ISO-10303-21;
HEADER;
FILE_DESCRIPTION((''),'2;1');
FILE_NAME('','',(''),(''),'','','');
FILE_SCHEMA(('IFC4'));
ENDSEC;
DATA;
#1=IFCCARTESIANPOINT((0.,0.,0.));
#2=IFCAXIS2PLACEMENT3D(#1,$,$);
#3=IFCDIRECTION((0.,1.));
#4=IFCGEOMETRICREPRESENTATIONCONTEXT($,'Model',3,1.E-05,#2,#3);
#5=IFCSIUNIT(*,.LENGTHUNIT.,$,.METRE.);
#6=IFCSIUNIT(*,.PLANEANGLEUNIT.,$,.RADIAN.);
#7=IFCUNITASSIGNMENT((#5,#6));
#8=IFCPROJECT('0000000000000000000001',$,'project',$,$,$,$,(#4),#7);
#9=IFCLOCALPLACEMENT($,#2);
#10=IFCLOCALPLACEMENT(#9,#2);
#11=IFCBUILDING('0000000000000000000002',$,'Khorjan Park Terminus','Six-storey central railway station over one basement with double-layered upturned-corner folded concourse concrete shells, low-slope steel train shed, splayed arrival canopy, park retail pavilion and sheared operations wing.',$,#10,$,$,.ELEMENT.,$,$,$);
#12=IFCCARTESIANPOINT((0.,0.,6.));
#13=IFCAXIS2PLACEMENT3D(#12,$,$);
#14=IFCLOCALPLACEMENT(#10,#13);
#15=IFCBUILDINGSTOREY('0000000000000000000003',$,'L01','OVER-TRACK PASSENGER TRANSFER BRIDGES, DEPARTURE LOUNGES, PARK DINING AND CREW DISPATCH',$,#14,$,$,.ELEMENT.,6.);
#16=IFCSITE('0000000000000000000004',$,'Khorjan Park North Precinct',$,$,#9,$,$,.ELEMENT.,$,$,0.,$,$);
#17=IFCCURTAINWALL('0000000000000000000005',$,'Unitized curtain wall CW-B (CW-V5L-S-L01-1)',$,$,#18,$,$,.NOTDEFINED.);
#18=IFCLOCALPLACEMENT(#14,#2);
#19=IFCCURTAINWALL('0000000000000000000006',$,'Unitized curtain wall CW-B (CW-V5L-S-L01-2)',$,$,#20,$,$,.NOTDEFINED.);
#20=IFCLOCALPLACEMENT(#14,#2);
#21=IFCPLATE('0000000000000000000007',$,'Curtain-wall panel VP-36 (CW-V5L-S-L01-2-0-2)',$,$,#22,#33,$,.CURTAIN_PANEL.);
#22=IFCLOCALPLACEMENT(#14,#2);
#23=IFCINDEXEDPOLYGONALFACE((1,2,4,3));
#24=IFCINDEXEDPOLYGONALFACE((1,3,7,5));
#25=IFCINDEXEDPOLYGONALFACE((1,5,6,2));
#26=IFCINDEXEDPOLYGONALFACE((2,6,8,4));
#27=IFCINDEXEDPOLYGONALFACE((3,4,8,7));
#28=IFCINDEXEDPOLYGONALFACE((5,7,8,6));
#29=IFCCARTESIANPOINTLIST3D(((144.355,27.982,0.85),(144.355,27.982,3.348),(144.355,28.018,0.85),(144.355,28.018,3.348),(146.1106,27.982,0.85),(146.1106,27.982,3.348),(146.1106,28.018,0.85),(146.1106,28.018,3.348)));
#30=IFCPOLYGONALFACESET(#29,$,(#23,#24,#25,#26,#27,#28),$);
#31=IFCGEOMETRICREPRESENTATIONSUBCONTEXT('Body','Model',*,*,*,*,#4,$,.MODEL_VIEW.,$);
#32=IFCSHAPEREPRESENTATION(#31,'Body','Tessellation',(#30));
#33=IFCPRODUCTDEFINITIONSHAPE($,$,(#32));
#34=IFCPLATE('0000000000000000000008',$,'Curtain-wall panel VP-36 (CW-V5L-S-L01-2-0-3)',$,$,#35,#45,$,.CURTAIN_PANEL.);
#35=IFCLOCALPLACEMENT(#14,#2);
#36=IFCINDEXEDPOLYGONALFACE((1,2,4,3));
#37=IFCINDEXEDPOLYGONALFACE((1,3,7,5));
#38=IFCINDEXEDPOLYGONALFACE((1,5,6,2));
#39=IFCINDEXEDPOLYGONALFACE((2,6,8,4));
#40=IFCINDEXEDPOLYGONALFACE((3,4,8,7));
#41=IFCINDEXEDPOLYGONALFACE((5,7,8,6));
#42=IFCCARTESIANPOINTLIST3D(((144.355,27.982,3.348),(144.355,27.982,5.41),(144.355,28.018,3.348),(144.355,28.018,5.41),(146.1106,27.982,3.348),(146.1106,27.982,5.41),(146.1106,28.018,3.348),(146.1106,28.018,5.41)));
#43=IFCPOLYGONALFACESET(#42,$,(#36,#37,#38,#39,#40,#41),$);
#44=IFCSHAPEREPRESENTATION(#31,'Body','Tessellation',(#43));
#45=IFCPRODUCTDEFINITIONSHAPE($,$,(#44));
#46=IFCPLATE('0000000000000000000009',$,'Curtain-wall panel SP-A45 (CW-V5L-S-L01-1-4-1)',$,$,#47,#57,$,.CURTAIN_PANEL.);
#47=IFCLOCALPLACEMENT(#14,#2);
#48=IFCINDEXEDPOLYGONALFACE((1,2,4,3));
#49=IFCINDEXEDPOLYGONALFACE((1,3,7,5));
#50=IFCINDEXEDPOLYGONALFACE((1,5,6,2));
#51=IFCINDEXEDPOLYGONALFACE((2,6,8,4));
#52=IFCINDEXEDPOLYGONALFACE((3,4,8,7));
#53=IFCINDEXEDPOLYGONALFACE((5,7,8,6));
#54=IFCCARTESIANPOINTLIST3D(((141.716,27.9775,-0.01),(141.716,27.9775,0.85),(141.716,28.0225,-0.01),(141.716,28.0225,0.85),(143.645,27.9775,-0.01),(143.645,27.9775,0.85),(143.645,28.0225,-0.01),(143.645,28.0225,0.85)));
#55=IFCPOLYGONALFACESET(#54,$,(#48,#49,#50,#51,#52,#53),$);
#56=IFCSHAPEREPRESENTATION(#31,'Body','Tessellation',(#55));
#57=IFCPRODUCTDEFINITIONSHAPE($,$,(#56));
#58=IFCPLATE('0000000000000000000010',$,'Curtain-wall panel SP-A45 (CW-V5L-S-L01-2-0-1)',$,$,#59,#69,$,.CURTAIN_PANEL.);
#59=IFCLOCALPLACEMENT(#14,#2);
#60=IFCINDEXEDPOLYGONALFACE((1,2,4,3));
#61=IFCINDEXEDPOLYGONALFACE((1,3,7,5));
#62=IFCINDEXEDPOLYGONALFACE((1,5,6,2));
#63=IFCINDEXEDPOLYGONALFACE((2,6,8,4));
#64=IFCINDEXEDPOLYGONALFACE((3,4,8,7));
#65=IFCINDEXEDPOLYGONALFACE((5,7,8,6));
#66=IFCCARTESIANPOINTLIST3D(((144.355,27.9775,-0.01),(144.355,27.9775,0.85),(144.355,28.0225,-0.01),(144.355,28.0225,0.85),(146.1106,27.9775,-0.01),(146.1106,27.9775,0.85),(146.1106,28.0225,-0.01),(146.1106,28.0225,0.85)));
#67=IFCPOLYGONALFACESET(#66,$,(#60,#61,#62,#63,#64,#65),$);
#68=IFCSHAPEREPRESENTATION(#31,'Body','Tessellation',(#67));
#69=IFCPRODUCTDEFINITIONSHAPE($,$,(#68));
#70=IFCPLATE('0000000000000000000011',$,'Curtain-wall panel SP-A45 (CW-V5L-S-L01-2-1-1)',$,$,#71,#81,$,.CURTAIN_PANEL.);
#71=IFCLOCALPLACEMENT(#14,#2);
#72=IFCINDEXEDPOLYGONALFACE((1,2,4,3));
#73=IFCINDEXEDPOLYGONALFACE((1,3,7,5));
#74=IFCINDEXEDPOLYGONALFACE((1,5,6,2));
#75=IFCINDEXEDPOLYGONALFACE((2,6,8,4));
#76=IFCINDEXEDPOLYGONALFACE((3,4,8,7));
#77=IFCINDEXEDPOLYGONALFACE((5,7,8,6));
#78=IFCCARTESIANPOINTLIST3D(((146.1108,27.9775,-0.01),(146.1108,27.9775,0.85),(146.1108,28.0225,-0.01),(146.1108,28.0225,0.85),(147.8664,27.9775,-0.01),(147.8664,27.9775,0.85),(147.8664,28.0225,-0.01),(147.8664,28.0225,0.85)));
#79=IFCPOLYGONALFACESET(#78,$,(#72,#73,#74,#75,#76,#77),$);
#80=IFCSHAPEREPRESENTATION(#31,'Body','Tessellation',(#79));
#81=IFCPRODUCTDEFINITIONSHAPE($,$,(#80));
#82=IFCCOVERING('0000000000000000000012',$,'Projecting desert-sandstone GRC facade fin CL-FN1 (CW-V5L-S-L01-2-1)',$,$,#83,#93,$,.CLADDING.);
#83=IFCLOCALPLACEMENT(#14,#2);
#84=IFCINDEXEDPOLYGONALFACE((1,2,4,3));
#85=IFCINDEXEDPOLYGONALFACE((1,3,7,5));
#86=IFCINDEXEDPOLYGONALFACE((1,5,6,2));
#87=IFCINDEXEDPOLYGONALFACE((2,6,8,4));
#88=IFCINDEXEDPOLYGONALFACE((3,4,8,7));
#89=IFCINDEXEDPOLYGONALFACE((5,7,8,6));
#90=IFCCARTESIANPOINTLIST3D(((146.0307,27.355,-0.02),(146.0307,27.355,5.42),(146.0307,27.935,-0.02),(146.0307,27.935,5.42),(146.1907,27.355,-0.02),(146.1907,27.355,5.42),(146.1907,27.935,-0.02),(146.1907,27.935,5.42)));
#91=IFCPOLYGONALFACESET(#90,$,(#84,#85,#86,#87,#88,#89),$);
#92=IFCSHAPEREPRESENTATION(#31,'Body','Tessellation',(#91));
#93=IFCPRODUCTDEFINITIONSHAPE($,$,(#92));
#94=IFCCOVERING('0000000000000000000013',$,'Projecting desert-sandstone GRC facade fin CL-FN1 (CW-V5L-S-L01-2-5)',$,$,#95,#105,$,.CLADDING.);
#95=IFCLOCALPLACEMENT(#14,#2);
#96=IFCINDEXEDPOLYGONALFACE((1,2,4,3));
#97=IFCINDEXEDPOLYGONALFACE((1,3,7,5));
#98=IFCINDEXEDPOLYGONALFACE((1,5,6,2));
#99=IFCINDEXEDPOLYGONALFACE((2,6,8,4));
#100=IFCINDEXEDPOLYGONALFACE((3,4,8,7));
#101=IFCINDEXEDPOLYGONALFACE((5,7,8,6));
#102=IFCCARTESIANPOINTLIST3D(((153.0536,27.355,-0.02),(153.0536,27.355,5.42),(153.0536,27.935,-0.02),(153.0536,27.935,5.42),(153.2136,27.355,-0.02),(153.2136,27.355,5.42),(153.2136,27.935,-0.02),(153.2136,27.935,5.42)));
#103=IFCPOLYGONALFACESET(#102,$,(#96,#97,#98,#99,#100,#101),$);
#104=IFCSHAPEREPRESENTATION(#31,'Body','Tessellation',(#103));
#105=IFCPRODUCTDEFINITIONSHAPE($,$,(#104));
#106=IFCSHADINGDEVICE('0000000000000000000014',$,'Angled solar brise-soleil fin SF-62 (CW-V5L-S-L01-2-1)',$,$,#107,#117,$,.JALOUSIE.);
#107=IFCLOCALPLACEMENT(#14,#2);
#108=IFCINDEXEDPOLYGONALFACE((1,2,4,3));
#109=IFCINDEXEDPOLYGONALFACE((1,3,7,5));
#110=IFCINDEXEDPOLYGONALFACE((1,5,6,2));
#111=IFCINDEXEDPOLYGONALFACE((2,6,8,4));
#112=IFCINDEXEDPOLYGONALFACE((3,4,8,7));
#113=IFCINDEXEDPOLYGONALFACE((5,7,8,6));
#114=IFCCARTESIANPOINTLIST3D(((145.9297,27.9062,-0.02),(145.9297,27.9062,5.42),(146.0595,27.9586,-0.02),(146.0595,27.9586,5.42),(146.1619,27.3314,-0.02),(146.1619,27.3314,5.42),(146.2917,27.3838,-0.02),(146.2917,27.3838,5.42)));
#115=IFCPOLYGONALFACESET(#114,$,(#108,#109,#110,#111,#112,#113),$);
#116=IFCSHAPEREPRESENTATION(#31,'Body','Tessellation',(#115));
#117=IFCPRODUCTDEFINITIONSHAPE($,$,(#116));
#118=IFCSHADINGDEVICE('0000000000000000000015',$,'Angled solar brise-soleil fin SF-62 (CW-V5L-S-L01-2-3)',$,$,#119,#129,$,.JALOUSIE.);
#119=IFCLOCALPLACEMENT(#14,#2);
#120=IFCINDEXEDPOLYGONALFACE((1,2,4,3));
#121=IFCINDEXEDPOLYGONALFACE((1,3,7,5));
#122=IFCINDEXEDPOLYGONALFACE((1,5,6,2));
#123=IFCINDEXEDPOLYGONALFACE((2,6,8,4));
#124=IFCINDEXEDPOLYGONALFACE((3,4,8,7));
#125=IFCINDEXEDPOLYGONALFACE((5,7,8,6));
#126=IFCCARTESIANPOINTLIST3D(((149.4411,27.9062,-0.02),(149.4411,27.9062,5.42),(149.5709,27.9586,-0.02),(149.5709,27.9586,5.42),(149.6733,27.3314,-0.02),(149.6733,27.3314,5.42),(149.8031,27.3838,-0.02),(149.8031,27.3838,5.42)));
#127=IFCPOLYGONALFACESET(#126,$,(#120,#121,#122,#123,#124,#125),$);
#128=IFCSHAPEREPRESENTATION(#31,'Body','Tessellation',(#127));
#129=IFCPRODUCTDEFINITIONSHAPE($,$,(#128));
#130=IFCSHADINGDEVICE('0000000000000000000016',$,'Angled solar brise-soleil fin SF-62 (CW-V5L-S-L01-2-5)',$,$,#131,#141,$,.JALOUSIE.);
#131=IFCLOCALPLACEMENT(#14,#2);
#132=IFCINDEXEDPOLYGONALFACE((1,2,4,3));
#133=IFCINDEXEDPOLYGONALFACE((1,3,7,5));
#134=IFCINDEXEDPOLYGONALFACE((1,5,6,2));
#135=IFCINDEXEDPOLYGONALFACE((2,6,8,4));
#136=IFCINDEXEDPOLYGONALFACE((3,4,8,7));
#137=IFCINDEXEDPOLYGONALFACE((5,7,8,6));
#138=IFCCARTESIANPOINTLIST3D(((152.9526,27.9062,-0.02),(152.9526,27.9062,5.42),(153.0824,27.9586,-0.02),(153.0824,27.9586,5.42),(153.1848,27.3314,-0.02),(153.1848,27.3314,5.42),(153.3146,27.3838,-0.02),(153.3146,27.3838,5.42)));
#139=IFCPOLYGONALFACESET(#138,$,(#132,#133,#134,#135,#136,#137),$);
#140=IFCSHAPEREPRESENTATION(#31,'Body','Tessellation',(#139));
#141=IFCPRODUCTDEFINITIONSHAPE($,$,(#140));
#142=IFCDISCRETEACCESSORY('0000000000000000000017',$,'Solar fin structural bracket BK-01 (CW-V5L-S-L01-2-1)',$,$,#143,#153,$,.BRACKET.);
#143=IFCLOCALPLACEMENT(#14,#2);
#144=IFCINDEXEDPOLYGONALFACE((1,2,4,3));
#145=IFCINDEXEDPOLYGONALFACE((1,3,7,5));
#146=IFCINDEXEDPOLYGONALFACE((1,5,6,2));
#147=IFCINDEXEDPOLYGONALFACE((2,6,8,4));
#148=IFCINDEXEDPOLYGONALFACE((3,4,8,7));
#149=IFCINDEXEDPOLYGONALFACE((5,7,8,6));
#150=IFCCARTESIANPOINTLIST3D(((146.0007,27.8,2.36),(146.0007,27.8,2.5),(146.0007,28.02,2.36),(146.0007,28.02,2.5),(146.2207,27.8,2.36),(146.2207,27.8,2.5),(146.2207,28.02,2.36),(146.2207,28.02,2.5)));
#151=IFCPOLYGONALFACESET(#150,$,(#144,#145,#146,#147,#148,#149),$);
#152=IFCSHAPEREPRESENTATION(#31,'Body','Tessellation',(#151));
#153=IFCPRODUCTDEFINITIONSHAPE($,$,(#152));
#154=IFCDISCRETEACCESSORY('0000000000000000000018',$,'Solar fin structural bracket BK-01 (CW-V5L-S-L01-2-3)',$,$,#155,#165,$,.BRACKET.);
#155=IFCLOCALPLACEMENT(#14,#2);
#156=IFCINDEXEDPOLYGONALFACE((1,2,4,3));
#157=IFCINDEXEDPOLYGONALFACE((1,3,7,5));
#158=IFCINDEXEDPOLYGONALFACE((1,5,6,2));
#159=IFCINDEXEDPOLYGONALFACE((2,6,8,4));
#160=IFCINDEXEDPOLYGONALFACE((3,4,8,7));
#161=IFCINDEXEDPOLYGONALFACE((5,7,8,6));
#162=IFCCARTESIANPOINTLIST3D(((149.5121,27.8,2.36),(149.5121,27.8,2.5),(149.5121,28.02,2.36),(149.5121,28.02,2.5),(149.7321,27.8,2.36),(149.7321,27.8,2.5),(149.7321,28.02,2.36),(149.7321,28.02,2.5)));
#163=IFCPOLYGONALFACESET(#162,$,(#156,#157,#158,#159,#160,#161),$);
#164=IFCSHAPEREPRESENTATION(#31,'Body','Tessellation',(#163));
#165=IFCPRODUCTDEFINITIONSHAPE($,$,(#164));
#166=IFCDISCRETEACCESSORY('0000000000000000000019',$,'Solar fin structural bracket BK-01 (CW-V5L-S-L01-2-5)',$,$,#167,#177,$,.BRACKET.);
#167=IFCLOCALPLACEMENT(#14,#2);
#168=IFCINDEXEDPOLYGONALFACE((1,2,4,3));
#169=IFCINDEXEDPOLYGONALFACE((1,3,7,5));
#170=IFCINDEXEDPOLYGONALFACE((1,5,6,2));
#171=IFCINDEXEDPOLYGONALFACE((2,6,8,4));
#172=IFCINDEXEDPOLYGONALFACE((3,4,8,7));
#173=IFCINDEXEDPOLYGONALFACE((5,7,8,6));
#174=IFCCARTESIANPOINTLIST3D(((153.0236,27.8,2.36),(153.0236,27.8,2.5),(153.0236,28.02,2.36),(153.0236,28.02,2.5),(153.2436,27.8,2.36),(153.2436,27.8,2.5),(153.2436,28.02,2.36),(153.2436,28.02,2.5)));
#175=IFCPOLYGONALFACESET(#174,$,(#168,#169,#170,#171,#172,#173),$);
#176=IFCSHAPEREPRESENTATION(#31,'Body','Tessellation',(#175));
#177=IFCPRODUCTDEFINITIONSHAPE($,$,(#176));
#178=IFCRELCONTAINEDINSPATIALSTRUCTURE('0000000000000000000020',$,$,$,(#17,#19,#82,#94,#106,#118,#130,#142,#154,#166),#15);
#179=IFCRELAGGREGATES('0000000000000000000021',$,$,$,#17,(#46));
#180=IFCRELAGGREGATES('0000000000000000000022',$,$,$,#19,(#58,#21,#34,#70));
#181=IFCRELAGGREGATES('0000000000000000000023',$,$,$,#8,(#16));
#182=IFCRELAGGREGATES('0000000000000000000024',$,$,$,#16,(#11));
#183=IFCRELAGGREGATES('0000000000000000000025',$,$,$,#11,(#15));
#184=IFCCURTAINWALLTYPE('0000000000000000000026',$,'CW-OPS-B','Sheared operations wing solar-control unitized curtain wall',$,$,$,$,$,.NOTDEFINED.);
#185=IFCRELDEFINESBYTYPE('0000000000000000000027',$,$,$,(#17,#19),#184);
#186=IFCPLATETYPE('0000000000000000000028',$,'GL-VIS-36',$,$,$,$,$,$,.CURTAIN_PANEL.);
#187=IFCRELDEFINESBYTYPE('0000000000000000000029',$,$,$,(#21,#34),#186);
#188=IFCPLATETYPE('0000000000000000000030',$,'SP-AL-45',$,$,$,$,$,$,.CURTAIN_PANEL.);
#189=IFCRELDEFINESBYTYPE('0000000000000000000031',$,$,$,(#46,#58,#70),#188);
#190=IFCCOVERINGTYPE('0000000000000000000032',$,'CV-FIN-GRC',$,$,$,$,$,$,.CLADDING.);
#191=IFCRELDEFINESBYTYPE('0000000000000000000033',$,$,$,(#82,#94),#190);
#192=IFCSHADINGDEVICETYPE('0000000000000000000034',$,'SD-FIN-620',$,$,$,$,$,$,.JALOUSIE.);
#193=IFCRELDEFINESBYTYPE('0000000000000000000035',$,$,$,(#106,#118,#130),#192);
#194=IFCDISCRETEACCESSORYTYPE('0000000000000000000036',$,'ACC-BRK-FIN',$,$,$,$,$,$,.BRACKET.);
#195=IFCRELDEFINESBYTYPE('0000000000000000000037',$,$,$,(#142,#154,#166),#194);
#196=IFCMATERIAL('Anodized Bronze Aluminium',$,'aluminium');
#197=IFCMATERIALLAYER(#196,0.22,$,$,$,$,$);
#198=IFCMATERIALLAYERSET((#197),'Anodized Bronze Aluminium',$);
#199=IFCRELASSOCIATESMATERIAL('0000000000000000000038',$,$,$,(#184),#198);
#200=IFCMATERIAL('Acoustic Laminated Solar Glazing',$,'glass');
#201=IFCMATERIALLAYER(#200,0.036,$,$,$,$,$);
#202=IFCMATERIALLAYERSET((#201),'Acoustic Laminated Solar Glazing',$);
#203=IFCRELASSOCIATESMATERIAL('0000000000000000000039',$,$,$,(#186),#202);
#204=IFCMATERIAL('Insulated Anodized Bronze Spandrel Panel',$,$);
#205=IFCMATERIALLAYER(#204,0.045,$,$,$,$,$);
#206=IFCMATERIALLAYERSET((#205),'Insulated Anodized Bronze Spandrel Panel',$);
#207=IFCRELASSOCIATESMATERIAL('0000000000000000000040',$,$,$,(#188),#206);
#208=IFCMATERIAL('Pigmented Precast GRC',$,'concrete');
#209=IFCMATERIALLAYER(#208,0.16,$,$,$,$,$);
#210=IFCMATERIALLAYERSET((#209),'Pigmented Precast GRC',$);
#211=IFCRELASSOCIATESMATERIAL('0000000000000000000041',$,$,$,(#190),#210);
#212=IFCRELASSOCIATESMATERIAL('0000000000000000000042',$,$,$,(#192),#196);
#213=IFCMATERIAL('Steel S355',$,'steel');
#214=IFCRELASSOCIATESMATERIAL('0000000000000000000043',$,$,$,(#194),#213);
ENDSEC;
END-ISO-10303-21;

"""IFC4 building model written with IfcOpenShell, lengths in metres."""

from ifc_helpers import new_model, si_unit, direction, frame, origin, origin_2d, place, context, subcontext, project, spatial, rectangle, extrude, material, layer, layer_set, type_object, element, aggregate, save


model = new_model("IFC4")

# Units and contexts
model_context = context("Model", 3, precision=1e-05, world=origin(), true_north=direction((0.0, 1.0)))
body_context = subcontext(model_context, "Body", "Model", "MODEL_VIEW")
ifc_project = project(units=[si_unit("LENGTHUNIT", "METRE"), si_unit("PLANEANGLEUNIT", "RADIAN")], contexts=[model_context])

# Site, building, storey
site_placement = place(None, origin())
site = spatial("IfcSite", under=ifc_project, at=site_placement, Name="Khorjan Park North Precinct", CompositionType="ELEMENT", RefElevation=0.0)
building_placement = place(site_placement, origin())
building = spatial("IfcBuilding", under=site, at=building_placement, Name="Khorjan Park Terminus", Description="Six-storey central railway station over one basement with double-layered upturned-corner folded concourse concrete shells, low-slope steel train shed, splayed arrival canopy, park retail pavilion and sheared operations wing.", CompositionType="ELEMENT")
storey_placement = place(building_placement, frame((0.0, 0.0, 6.0)))
storey = spatial("IfcBuildingStorey", under=building, at=storey_placement, Name="L01", Description="OVER-TRACK PASSENGER TRANSFER BRIDGES, DEPARTURE LOUNGES, PARK DINING AND CREW DISPATCH", CompositionType="ELEMENT", Elevation=6.0)

# Curtain walls
ifc_material_1 = material(Name="Anodized Bronze Aluminium", Category="aluminium")
ifc_layer_1 = layer(ifc_material_1, 0.22)
ifc_layer_set_1 = layer_set([ifc_layer_1], Name="Anodized Bronze Aluminium")
curtain_wall_type = type_object("IfcCurtainWallType", Name="CW-OPS-B", Description="Sheared operations wing solar-control unitized curtain wall", PredefinedType="NOTDEFINED", material=ifc_layer_set_1)
curtain_wall_1_placement = place(storey_placement, origin())
curtain_wall_1 = element("IfcCurtainWall", 1, at=curtain_wall_1_placement, inside=storey, type_object=curtain_wall_type, Name="Unitized curtain wall CW-B (CW-V5L-S-L01-1)", PredefinedType="NOTDEFINED")
curtain_wall_2_placement = place(storey_placement, origin())
curtain_wall_2 = element("IfcCurtainWall", 2, at=curtain_wall_2_placement, inside=storey, type_object=curtain_wall_type, Name="Unitized curtain wall CW-B (CW-V5L-S-L01-2)", PredefinedType="NOTDEFINED")

# Plates
ifc_material_2 = material(Name="Acoustic Laminated Solar Glazing", Category="glass")
ifc_layer_2 = layer(ifc_material_2, 0.036)
ifc_layer_set_2 = layer_set([ifc_layer_2], Name="Acoustic Laminated Solar Glazing")
plate_type_1 = type_object("IfcPlateType", Name="GL-VIS-36", PredefinedType="CURTAIN_PANEL", material=ifc_layer_set_2)
plate_1_placement = place(storey_placement, frame((145.2328, 28.0, 0.85), z_axis=(0.0, 0.0, 1.0), x_axis=(1.0, 0.0, 0.0)))
plate_1 = element("IfcPlate", 3, at=plate_1_placement, type_object=plate_type_1, Name="Curtain-wall panel VP-36 (CW-V5L-S-L01-2-0-2)", PredefinedType="CURTAIN_PANEL", context=body_context, shape_type="SweptSolid", body=[
    extrude(rectangle(XDim=1.7557, YDim=0.036, at=origin_2d()), origin(), (0.0, 0.0, 1.0), 2.498),
])
plate_2_placement = place(storey_placement, frame((145.2328, 28.0, 3.348), z_axis=(0.0, 0.0, 1.0), x_axis=(1.0, 0.0, 0.0)))
plate_2 = element("IfcPlate", 4, at=plate_2_placement, type_object=plate_type_1, Name="Curtain-wall panel VP-36 (CW-V5L-S-L01-2-0-3)", PredefinedType="CURTAIN_PANEL", context=body_context, shape_type="SweptSolid", body=[
    extrude(rectangle(XDim=1.7557, YDim=0.036, at=origin_2d()), origin(), (0.0, 0.0, 1.0), 2.062),
])
ifc_material_3 = material(Name="Insulated Anodized Bronze Spandrel Panel")
ifc_layer_3 = layer(ifc_material_3, 0.045)
ifc_layer_set_3 = layer_set([ifc_layer_3], Name="Insulated Anodized Bronze Spandrel Panel")
plate_type_2 = type_object("IfcPlateType", Name="SP-AL-45", PredefinedType="CURTAIN_PANEL", material=ifc_layer_set_3)
plate_3_placement = place(storey_placement, frame((142.6805, 28.0, -0.01), z_axis=(0.0, 0.0, 1.0), x_axis=(1.0, 0.0, 0.0)))
plate_3 = element("IfcPlate", 5, at=plate_3_placement, type_object=plate_type_2, Name="Curtain-wall panel SP-A45 (CW-V5L-S-L01-1-4-1)", PredefinedType="CURTAIN_PANEL", context=body_context, shape_type="SweptSolid", body=[
    extrude(rectangle(XDim=1.929, YDim=0.045, at=origin_2d()), origin(), (0.0, 0.0, 1.0), 0.86),
])
aggregate(curtain_wall_1, [plate_3])
plate_4_placement = place(storey_placement, frame((145.2328, 28.0, -0.01), z_axis=(0.0, 0.0, 1.0), x_axis=(1.0, 0.0, 0.0)))
plate_4 = element("IfcPlate", 6, at=plate_4_placement, type_object=plate_type_2, Name="Curtain-wall panel SP-A45 (CW-V5L-S-L01-2-0-1)", PredefinedType="CURTAIN_PANEL", context=body_context, shape_type="SweptSolid", body=[
    extrude(rectangle(XDim=1.7557, YDim=0.045, at=origin_2d()), origin(), (0.0, 0.0, 1.0), 0.86),
])
plate_5_placement = place(storey_placement, frame((146.9886, 28.0, -0.01), z_axis=(0.0, 0.0, 1.0), x_axis=(1.0, 0.0, 0.0)))
plate_5 = element("IfcPlate", 7, at=plate_5_placement, type_object=plate_type_2, Name="Curtain-wall panel SP-A45 (CW-V5L-S-L01-2-1-1)", PredefinedType="CURTAIN_PANEL", context=body_context, shape_type="SweptSolid", body=[
    extrude(rectangle(XDim=1.7557, YDim=0.045, at=origin_2d()), origin(), (0.0, 0.0, 1.0), 0.86),
])
aggregate(curtain_wall_2, [plate_4, plate_1, plate_2, plate_5])

# Coverings
ifc_material_4 = material(Name="Pigmented Precast GRC", Category="concrete")
ifc_layer_4 = layer(ifc_material_4, 0.16)
ifc_layer_set_4 = layer_set([ifc_layer_4], Name="Pigmented Precast GRC")
covering_type = type_object("IfcCoveringType", Name="CV-FIN-GRC", PredefinedType="CLADDING", material=ifc_layer_set_4)
for number, where, z_axis, x_axis, name in (
    (8, (146.1107, 27.645, -0.02), (0.0, 0.0, 1.0), (0.0, 1.0, 0.0), "Projecting desert-sandstone GRC facade fin CL-FN1 (CW-V5L-S-L01-2-1)"),
    (9, (153.1336, 27.645, -0.02), (0.0, 0.0, 1.0), (0.0, 1.0, 0.0), "Projecting desert-sandstone GRC facade fin CL-FN1 (CW-V5L-S-L01-2-5)"),
):
    element("IfcCovering", number, at=place(storey_placement, frame(where, z_axis=z_axis, x_axis=x_axis)), inside=storey, type_object=covering_type, Name=name, PredefinedType="CLADDING", context=body_context, shape_type="SweptSolid", body=[
        extrude(rectangle(XDim=0.58, YDim=0.16, at=origin_2d()), origin(), (0.0, 0.0, 1.0), 5.44),
    ])

# Shading devices
shading_device_type = type_object("IfcShadingDeviceType", Name="SD-FIN-620", PredefinedType="JALOUSIE", material=ifc_material_1)
for number, where, z_axis, x_axis, name in (
    (10, (146.1107, 27.645, -0.02), (0.0, 0.0, 1.0), (-0.374607, 0.927184, 0.0), "Angled solar brise-soleil fin SF-62 (CW-V5L-S-L01-2-1)"),
    (11, (149.6221, 27.645, -0.02), (0.0, 0.0, 1.0), (-0.374607, 0.927184, 0.0), "Angled solar brise-soleil fin SF-62 (CW-V5L-S-L01-2-3)"),
    (12, (153.1336, 27.645, -0.02), (0.0, 0.0, 1.0), (-0.374607, 0.927184, 0.0), "Angled solar brise-soleil fin SF-62 (CW-V5L-S-L01-2-5)"),
):
    element("IfcShadingDevice", number, at=place(storey_placement, frame(where, z_axis=z_axis, x_axis=x_axis)), inside=storey, type_object=shading_device_type, Name=name, PredefinedType="JALOUSIE", context=body_context, shape_type="SweptSolid", body=[
        extrude(rectangle(XDim=0.62, YDim=0.14, at=origin_2d()), origin(), (0.0, 0.0, 1.0), 5.44),
    ])

# Discrete accessories
ifc_material_5 = material(Name="Steel S355", Category="steel")
discrete_accessory_type = type_object("IfcDiscreteAccessoryType", Name="ACC-BRK-FIN", PredefinedType="BRACKET", material=ifc_material_5)
for number, where, z_axis, x_axis, name in (
    (13, (146.1107, 27.91, 2.36), (0.0, 0.0, 1.0), (1.0, 0.0, 0.0), "Solar fin structural bracket BK-01 (CW-V5L-S-L01-2-1)"),
    (14, (149.6221, 27.91, 2.36), (0.0, 0.0, 1.0), (1.0, 0.0, 0.0), "Solar fin structural bracket BK-01 (CW-V5L-S-L01-2-3)"),
    (15, (153.1336, 27.91, 2.36), (0.0, 0.0, 1.0), (1.0, 0.0, 0.0), "Solar fin structural bracket BK-01 (CW-V5L-S-L01-2-5)"),
):
    element("IfcDiscreteAccessory", number, at=place(storey_placement, frame(where, z_axis=z_axis, x_axis=x_axis)), inside=storey, type_object=discrete_accessory_type, Name=name, PredefinedType="BRACKET", context=body_context, shape_type="SweptSolid", body=[
        extrude(rectangle(XDim=0.22, YDim=0.22, at=origin_2d()), origin(), (0.0, 0.0, 1.0), 0.14),
    ])

save(model, "model.ifc")
